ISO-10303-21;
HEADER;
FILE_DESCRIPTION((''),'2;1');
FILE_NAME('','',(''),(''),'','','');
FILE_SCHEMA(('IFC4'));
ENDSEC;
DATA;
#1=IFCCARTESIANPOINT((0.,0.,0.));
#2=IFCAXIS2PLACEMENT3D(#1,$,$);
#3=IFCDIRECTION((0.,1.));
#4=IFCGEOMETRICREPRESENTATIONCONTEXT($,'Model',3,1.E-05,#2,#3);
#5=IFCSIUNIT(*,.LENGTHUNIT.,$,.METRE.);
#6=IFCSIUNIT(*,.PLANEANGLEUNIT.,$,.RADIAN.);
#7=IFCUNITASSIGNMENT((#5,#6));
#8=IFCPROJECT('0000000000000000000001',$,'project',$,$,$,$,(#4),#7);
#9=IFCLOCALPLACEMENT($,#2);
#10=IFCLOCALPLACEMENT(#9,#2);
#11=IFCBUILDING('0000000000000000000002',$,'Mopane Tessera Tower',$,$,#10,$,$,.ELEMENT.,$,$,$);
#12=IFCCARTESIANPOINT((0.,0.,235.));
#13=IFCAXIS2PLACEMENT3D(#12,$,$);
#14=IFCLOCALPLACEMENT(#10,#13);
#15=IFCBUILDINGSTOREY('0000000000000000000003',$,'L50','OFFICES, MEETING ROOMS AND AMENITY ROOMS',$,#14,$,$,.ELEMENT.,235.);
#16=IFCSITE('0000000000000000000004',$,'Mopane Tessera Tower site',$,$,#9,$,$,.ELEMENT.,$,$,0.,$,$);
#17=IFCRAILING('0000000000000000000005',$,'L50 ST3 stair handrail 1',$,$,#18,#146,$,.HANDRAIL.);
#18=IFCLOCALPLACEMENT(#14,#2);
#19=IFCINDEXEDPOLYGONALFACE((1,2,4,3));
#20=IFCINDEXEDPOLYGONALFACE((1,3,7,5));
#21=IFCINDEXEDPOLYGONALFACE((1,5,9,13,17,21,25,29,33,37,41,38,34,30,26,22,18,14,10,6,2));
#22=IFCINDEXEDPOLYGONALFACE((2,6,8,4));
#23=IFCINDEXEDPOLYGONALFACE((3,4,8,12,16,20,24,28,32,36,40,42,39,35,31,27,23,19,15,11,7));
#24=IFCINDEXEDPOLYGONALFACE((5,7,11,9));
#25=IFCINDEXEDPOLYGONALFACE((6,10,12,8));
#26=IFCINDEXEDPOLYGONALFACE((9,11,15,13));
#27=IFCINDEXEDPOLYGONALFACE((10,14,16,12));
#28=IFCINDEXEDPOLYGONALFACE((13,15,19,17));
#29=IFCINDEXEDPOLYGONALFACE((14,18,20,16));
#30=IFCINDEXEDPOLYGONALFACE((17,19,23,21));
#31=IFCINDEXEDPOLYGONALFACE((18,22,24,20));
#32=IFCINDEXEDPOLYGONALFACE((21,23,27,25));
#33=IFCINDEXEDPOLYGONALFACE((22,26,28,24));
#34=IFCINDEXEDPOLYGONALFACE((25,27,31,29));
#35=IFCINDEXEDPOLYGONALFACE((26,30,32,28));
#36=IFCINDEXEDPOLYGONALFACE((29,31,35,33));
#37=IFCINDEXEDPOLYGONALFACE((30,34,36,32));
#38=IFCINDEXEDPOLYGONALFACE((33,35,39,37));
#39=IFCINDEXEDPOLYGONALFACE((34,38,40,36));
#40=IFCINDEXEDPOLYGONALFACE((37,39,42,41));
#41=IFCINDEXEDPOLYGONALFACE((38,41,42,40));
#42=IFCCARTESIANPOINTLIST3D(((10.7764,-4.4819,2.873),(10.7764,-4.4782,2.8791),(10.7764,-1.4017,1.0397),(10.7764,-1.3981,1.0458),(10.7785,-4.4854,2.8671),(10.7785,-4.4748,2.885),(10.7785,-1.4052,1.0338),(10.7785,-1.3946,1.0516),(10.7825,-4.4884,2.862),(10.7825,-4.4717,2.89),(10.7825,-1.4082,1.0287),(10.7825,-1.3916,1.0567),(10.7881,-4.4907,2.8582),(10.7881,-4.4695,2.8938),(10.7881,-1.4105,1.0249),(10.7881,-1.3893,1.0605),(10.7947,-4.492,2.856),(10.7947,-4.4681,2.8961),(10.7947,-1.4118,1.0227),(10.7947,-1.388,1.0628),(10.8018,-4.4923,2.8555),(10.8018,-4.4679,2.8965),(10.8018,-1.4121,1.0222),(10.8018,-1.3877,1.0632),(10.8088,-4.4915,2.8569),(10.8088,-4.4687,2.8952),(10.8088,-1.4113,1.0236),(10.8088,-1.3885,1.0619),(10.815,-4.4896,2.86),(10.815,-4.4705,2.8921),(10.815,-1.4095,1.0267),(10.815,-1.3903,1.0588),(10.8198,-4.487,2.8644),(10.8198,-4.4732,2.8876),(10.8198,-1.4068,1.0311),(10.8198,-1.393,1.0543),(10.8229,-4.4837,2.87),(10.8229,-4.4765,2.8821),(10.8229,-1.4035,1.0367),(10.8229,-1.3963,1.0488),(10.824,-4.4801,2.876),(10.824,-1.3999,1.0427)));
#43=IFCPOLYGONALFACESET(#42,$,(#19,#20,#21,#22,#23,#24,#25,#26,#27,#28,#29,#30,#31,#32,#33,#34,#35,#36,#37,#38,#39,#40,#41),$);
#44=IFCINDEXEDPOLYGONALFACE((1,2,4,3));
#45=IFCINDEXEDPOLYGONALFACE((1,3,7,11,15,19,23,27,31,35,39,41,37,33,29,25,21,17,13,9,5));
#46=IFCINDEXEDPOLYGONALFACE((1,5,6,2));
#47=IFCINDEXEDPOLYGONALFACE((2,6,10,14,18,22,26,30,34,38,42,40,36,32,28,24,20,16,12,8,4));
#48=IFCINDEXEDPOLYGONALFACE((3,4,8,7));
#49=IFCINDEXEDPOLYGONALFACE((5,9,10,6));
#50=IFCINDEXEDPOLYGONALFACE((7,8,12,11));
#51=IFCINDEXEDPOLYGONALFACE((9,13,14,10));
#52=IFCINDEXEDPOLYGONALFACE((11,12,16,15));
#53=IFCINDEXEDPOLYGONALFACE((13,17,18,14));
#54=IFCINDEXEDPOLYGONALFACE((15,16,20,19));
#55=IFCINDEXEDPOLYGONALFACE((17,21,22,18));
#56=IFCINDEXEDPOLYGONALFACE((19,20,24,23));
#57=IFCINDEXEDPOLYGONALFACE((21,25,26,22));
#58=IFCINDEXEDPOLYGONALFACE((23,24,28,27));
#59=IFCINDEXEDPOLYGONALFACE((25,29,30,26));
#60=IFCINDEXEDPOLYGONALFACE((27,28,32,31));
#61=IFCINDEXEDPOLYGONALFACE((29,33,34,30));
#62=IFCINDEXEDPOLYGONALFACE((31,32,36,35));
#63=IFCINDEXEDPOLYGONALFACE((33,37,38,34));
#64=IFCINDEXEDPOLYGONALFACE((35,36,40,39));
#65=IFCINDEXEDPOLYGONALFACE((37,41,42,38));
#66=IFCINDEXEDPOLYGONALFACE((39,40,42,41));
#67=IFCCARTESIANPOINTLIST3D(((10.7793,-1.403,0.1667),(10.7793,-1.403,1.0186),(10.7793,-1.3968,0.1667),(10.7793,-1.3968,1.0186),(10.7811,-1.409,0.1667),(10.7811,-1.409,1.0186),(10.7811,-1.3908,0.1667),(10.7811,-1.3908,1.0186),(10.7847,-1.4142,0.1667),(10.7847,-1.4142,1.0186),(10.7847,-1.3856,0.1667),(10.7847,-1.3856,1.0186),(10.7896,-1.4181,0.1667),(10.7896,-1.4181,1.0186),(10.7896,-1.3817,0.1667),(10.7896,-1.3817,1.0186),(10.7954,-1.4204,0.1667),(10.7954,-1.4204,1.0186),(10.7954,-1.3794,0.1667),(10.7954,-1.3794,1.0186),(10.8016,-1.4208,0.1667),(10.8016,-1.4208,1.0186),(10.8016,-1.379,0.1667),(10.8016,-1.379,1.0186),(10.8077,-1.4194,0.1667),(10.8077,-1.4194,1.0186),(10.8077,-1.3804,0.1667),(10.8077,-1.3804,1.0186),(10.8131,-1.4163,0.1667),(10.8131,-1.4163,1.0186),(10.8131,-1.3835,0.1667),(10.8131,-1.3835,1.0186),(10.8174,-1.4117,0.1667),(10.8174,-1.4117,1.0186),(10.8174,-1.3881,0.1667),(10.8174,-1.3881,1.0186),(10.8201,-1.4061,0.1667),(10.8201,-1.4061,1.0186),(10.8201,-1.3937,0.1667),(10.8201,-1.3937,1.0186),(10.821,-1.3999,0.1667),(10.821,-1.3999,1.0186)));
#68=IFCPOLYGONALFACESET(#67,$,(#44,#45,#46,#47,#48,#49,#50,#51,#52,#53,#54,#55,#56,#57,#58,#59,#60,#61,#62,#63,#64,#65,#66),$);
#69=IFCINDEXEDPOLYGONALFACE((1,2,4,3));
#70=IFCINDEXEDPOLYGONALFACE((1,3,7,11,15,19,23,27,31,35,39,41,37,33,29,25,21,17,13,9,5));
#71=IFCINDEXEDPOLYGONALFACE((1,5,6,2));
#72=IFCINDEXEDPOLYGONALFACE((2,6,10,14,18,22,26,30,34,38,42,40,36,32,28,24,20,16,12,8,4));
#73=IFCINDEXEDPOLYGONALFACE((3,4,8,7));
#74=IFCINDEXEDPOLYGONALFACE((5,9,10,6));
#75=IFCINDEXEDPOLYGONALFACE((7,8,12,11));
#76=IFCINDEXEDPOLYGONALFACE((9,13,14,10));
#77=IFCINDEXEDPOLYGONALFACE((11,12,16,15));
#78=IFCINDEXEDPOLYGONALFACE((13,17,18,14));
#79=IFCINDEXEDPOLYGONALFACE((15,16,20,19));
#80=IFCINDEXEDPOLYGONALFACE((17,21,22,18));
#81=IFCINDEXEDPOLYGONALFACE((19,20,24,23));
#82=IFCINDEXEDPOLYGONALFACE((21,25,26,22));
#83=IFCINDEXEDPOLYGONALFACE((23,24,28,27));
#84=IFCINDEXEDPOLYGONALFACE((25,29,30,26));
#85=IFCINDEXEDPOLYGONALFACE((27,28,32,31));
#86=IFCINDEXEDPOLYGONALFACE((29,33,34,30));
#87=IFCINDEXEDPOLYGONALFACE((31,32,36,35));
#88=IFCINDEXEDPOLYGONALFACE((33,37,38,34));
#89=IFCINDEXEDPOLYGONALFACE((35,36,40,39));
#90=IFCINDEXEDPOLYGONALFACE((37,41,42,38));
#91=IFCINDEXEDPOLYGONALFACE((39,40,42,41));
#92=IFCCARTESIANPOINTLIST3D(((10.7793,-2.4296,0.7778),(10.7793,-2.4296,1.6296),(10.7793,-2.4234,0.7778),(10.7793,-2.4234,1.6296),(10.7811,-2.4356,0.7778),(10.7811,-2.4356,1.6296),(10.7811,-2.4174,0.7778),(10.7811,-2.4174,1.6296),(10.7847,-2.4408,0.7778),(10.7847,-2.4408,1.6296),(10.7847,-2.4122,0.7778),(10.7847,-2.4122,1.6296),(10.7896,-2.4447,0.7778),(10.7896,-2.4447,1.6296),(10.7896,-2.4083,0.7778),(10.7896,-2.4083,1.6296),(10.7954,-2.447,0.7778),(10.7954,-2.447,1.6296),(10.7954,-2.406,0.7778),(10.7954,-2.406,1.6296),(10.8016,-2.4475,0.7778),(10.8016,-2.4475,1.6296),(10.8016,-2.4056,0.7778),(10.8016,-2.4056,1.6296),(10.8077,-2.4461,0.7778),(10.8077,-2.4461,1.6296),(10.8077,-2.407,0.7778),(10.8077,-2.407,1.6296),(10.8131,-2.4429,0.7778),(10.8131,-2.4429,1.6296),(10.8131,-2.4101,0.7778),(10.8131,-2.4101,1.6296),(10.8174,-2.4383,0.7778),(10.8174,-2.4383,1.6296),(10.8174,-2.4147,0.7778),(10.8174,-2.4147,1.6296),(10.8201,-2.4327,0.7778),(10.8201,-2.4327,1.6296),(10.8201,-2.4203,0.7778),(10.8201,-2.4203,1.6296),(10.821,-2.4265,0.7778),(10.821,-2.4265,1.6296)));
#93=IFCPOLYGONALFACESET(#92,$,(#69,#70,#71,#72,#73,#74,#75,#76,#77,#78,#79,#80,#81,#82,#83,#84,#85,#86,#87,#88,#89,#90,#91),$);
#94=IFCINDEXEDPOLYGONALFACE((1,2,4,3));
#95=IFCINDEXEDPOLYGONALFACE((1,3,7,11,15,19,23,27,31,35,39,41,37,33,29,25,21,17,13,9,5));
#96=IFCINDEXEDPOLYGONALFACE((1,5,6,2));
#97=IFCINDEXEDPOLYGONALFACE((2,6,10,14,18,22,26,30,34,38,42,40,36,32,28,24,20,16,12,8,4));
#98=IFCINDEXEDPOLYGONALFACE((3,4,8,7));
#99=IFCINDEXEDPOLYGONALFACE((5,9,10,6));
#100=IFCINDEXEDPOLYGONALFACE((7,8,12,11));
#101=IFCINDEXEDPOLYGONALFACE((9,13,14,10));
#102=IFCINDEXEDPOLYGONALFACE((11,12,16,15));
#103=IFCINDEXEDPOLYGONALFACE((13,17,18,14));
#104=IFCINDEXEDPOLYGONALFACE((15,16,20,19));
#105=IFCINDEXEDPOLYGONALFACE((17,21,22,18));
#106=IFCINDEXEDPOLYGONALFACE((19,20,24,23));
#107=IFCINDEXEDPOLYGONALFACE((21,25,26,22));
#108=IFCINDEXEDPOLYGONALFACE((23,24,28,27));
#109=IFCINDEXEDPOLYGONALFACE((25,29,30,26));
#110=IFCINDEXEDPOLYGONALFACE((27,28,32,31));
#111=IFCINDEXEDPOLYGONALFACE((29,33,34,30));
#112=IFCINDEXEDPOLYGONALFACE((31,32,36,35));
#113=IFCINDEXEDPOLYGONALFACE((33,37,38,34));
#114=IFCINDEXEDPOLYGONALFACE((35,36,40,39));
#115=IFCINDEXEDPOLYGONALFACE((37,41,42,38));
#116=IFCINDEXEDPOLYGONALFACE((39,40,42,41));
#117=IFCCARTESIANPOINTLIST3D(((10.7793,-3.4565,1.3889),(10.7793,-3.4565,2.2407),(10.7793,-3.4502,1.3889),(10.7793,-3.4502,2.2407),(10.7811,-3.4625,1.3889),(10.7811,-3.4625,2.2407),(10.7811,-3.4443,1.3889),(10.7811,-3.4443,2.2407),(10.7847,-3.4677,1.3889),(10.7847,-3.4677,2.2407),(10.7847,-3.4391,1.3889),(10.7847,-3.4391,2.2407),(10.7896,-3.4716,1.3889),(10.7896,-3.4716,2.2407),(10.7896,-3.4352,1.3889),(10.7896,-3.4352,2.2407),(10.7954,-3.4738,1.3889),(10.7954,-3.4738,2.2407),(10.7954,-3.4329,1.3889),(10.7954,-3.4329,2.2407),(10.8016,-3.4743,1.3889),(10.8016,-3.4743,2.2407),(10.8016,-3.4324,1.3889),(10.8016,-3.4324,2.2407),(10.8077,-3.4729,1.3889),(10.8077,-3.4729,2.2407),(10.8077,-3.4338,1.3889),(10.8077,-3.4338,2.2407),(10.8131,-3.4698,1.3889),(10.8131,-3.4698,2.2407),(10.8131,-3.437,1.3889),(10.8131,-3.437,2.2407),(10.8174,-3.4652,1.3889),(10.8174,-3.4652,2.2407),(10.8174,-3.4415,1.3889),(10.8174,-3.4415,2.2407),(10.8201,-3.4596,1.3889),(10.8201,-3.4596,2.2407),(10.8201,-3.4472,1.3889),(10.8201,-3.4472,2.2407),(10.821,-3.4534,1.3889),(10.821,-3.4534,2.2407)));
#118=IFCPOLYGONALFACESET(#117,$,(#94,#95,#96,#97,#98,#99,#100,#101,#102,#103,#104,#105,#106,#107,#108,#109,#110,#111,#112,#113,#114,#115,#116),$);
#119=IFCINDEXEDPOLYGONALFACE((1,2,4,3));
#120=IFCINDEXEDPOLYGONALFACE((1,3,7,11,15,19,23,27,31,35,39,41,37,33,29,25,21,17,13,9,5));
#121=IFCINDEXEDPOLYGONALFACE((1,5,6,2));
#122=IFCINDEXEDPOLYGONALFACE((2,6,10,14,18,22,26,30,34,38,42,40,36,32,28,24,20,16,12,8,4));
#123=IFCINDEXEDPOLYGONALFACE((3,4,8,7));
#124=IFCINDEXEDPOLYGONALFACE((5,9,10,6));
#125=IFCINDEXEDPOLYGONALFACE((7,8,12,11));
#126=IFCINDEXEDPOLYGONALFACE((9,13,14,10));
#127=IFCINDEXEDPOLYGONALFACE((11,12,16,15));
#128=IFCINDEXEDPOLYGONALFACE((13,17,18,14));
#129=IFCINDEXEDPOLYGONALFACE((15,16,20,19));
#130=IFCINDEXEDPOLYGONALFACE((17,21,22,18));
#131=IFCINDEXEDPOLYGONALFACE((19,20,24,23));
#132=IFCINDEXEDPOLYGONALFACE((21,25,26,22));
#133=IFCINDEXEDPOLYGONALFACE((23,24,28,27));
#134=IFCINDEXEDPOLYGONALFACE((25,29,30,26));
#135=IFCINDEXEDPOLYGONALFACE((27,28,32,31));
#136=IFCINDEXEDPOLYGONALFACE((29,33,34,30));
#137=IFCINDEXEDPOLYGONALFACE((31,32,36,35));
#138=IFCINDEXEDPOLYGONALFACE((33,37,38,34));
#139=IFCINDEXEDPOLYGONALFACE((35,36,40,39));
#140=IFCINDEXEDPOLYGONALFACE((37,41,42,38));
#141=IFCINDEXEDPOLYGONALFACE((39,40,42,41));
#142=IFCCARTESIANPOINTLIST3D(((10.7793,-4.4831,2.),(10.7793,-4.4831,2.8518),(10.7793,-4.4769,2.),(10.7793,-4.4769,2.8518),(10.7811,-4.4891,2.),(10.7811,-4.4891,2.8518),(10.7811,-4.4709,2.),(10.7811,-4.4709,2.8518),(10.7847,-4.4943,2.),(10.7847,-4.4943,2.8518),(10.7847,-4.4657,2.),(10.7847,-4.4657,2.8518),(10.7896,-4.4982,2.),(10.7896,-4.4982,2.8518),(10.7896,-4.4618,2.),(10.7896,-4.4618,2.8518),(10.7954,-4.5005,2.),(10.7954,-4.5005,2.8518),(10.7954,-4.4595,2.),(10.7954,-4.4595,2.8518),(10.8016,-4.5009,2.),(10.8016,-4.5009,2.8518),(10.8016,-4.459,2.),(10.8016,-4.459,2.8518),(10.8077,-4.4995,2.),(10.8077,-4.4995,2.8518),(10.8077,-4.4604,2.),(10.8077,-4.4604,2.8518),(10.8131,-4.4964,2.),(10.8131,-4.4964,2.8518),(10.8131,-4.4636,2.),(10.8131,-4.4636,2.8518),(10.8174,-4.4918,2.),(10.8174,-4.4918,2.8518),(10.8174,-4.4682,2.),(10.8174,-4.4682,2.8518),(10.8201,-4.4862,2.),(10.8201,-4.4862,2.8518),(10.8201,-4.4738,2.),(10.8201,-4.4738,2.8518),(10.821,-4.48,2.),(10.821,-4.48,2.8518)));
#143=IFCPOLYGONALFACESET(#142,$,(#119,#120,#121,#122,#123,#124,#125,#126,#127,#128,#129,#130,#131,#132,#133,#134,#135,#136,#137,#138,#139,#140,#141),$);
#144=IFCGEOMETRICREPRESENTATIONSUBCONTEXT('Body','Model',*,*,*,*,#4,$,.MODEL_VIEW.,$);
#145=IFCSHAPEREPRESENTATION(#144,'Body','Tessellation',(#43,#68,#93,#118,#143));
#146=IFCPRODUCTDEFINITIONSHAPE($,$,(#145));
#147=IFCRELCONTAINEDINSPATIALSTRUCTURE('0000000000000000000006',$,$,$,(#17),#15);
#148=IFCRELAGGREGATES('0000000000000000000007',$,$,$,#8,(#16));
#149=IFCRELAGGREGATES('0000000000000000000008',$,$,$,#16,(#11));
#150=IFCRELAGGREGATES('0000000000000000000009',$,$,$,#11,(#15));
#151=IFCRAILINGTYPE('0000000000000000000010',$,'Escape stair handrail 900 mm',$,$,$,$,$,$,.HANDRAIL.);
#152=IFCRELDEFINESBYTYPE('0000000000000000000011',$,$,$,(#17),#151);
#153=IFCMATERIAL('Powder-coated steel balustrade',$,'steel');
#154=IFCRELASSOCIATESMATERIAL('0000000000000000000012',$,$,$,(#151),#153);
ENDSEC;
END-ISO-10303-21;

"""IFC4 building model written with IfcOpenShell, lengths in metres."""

from ifc_helpers import new_model, si_unit, direction, frame, origin, origin_2d, place, context, subcontext, project, spatial, circle, extrude, material, type_object, element, save


model = new_model("IFC4")

# Units and contexts
model_context = context("Model", 3, precision=1e-05, world=origin(), true_north=direction((0.0, 1.0)))
body_context = subcontext(model_context, "Body", "Model", "MODEL_VIEW")
ifc_project = project(units=[si_unit("LENGTHUNIT", "METRE"), si_unit("PLANEANGLEUNIT", "RADIAN")], contexts=[model_context])

# Site, building, storey
site_placement = place(None, origin())
site = spatial("IfcSite", under=ifc_project, at=site_placement, Name="Mopane Tessera Tower site", CompositionType="ELEMENT", RefElevation=0.0)
building_placement = place(site_placement, origin())
building = spatial("IfcBuilding", under=site, at=building_placement, Name="Mopane Tessera Tower", CompositionType="ELEMENT")
storey_placement = place(building_placement, frame((0.0, 0.0, 235.0)))
storey = spatial("IfcBuildingStorey", under=building, at=storey_placement, Name="L50", Description="OFFICES, MEETING ROOMS AND AMENITY ROOMS", CompositionType="ELEMENT", Elevation=235.0)

# Railing
ifc_material_1 = material(Name="Powder-coated steel balustrade", Category="steel")
railing_type_1 = type_object("IfcRailingType", Name="Escape stair handrail 900 mm", PredefinedType="HANDRAIL", material=ifc_material_1)
railing_1_placement = place(storey_placement, frame((10.8, -1.3999, 0.1667)))
element("IfcRailing", 1, at=railing_1_placement, inside=storey, type_object=railing_type_1, Name="L50 ST3 stair handrail 1", PredefinedType="HANDRAIL", context=body_context, shape_type="SweptSolid", body=[
    extrude(circle(Radius=0.0239, at=origin_2d()), frame((0.0, 0.0, 0.876), z_axis=(0.0, -0.859309, 0.511458), x_axis=(1.0, 0.0, 0.0)), (0.0, 0.0, 1.0), 3.5845),
    extrude(circle(Radius=0.021, at=origin_2d()), origin(), (0.0, 0.0, 1.0), 0.8518),
    extrude(circle(Radius=0.021, at=origin_2d()), frame((0.0, -1.0266, 0.6111)), (0.0, 0.0, 1.0), 0.8518),
    extrude(circle(Radius=0.021, at=origin_2d()), frame((0.0, -2.0535, 1.2222)), (0.0, 0.0, 1.0), 0.8518),
    extrude(circle(Radius=0.021, at=origin_2d()), frame((0.0, -3.0801, 1.8333)), (0.0, 0.0, 1.0), 0.8518),
])

save(model, "model.ifc")
